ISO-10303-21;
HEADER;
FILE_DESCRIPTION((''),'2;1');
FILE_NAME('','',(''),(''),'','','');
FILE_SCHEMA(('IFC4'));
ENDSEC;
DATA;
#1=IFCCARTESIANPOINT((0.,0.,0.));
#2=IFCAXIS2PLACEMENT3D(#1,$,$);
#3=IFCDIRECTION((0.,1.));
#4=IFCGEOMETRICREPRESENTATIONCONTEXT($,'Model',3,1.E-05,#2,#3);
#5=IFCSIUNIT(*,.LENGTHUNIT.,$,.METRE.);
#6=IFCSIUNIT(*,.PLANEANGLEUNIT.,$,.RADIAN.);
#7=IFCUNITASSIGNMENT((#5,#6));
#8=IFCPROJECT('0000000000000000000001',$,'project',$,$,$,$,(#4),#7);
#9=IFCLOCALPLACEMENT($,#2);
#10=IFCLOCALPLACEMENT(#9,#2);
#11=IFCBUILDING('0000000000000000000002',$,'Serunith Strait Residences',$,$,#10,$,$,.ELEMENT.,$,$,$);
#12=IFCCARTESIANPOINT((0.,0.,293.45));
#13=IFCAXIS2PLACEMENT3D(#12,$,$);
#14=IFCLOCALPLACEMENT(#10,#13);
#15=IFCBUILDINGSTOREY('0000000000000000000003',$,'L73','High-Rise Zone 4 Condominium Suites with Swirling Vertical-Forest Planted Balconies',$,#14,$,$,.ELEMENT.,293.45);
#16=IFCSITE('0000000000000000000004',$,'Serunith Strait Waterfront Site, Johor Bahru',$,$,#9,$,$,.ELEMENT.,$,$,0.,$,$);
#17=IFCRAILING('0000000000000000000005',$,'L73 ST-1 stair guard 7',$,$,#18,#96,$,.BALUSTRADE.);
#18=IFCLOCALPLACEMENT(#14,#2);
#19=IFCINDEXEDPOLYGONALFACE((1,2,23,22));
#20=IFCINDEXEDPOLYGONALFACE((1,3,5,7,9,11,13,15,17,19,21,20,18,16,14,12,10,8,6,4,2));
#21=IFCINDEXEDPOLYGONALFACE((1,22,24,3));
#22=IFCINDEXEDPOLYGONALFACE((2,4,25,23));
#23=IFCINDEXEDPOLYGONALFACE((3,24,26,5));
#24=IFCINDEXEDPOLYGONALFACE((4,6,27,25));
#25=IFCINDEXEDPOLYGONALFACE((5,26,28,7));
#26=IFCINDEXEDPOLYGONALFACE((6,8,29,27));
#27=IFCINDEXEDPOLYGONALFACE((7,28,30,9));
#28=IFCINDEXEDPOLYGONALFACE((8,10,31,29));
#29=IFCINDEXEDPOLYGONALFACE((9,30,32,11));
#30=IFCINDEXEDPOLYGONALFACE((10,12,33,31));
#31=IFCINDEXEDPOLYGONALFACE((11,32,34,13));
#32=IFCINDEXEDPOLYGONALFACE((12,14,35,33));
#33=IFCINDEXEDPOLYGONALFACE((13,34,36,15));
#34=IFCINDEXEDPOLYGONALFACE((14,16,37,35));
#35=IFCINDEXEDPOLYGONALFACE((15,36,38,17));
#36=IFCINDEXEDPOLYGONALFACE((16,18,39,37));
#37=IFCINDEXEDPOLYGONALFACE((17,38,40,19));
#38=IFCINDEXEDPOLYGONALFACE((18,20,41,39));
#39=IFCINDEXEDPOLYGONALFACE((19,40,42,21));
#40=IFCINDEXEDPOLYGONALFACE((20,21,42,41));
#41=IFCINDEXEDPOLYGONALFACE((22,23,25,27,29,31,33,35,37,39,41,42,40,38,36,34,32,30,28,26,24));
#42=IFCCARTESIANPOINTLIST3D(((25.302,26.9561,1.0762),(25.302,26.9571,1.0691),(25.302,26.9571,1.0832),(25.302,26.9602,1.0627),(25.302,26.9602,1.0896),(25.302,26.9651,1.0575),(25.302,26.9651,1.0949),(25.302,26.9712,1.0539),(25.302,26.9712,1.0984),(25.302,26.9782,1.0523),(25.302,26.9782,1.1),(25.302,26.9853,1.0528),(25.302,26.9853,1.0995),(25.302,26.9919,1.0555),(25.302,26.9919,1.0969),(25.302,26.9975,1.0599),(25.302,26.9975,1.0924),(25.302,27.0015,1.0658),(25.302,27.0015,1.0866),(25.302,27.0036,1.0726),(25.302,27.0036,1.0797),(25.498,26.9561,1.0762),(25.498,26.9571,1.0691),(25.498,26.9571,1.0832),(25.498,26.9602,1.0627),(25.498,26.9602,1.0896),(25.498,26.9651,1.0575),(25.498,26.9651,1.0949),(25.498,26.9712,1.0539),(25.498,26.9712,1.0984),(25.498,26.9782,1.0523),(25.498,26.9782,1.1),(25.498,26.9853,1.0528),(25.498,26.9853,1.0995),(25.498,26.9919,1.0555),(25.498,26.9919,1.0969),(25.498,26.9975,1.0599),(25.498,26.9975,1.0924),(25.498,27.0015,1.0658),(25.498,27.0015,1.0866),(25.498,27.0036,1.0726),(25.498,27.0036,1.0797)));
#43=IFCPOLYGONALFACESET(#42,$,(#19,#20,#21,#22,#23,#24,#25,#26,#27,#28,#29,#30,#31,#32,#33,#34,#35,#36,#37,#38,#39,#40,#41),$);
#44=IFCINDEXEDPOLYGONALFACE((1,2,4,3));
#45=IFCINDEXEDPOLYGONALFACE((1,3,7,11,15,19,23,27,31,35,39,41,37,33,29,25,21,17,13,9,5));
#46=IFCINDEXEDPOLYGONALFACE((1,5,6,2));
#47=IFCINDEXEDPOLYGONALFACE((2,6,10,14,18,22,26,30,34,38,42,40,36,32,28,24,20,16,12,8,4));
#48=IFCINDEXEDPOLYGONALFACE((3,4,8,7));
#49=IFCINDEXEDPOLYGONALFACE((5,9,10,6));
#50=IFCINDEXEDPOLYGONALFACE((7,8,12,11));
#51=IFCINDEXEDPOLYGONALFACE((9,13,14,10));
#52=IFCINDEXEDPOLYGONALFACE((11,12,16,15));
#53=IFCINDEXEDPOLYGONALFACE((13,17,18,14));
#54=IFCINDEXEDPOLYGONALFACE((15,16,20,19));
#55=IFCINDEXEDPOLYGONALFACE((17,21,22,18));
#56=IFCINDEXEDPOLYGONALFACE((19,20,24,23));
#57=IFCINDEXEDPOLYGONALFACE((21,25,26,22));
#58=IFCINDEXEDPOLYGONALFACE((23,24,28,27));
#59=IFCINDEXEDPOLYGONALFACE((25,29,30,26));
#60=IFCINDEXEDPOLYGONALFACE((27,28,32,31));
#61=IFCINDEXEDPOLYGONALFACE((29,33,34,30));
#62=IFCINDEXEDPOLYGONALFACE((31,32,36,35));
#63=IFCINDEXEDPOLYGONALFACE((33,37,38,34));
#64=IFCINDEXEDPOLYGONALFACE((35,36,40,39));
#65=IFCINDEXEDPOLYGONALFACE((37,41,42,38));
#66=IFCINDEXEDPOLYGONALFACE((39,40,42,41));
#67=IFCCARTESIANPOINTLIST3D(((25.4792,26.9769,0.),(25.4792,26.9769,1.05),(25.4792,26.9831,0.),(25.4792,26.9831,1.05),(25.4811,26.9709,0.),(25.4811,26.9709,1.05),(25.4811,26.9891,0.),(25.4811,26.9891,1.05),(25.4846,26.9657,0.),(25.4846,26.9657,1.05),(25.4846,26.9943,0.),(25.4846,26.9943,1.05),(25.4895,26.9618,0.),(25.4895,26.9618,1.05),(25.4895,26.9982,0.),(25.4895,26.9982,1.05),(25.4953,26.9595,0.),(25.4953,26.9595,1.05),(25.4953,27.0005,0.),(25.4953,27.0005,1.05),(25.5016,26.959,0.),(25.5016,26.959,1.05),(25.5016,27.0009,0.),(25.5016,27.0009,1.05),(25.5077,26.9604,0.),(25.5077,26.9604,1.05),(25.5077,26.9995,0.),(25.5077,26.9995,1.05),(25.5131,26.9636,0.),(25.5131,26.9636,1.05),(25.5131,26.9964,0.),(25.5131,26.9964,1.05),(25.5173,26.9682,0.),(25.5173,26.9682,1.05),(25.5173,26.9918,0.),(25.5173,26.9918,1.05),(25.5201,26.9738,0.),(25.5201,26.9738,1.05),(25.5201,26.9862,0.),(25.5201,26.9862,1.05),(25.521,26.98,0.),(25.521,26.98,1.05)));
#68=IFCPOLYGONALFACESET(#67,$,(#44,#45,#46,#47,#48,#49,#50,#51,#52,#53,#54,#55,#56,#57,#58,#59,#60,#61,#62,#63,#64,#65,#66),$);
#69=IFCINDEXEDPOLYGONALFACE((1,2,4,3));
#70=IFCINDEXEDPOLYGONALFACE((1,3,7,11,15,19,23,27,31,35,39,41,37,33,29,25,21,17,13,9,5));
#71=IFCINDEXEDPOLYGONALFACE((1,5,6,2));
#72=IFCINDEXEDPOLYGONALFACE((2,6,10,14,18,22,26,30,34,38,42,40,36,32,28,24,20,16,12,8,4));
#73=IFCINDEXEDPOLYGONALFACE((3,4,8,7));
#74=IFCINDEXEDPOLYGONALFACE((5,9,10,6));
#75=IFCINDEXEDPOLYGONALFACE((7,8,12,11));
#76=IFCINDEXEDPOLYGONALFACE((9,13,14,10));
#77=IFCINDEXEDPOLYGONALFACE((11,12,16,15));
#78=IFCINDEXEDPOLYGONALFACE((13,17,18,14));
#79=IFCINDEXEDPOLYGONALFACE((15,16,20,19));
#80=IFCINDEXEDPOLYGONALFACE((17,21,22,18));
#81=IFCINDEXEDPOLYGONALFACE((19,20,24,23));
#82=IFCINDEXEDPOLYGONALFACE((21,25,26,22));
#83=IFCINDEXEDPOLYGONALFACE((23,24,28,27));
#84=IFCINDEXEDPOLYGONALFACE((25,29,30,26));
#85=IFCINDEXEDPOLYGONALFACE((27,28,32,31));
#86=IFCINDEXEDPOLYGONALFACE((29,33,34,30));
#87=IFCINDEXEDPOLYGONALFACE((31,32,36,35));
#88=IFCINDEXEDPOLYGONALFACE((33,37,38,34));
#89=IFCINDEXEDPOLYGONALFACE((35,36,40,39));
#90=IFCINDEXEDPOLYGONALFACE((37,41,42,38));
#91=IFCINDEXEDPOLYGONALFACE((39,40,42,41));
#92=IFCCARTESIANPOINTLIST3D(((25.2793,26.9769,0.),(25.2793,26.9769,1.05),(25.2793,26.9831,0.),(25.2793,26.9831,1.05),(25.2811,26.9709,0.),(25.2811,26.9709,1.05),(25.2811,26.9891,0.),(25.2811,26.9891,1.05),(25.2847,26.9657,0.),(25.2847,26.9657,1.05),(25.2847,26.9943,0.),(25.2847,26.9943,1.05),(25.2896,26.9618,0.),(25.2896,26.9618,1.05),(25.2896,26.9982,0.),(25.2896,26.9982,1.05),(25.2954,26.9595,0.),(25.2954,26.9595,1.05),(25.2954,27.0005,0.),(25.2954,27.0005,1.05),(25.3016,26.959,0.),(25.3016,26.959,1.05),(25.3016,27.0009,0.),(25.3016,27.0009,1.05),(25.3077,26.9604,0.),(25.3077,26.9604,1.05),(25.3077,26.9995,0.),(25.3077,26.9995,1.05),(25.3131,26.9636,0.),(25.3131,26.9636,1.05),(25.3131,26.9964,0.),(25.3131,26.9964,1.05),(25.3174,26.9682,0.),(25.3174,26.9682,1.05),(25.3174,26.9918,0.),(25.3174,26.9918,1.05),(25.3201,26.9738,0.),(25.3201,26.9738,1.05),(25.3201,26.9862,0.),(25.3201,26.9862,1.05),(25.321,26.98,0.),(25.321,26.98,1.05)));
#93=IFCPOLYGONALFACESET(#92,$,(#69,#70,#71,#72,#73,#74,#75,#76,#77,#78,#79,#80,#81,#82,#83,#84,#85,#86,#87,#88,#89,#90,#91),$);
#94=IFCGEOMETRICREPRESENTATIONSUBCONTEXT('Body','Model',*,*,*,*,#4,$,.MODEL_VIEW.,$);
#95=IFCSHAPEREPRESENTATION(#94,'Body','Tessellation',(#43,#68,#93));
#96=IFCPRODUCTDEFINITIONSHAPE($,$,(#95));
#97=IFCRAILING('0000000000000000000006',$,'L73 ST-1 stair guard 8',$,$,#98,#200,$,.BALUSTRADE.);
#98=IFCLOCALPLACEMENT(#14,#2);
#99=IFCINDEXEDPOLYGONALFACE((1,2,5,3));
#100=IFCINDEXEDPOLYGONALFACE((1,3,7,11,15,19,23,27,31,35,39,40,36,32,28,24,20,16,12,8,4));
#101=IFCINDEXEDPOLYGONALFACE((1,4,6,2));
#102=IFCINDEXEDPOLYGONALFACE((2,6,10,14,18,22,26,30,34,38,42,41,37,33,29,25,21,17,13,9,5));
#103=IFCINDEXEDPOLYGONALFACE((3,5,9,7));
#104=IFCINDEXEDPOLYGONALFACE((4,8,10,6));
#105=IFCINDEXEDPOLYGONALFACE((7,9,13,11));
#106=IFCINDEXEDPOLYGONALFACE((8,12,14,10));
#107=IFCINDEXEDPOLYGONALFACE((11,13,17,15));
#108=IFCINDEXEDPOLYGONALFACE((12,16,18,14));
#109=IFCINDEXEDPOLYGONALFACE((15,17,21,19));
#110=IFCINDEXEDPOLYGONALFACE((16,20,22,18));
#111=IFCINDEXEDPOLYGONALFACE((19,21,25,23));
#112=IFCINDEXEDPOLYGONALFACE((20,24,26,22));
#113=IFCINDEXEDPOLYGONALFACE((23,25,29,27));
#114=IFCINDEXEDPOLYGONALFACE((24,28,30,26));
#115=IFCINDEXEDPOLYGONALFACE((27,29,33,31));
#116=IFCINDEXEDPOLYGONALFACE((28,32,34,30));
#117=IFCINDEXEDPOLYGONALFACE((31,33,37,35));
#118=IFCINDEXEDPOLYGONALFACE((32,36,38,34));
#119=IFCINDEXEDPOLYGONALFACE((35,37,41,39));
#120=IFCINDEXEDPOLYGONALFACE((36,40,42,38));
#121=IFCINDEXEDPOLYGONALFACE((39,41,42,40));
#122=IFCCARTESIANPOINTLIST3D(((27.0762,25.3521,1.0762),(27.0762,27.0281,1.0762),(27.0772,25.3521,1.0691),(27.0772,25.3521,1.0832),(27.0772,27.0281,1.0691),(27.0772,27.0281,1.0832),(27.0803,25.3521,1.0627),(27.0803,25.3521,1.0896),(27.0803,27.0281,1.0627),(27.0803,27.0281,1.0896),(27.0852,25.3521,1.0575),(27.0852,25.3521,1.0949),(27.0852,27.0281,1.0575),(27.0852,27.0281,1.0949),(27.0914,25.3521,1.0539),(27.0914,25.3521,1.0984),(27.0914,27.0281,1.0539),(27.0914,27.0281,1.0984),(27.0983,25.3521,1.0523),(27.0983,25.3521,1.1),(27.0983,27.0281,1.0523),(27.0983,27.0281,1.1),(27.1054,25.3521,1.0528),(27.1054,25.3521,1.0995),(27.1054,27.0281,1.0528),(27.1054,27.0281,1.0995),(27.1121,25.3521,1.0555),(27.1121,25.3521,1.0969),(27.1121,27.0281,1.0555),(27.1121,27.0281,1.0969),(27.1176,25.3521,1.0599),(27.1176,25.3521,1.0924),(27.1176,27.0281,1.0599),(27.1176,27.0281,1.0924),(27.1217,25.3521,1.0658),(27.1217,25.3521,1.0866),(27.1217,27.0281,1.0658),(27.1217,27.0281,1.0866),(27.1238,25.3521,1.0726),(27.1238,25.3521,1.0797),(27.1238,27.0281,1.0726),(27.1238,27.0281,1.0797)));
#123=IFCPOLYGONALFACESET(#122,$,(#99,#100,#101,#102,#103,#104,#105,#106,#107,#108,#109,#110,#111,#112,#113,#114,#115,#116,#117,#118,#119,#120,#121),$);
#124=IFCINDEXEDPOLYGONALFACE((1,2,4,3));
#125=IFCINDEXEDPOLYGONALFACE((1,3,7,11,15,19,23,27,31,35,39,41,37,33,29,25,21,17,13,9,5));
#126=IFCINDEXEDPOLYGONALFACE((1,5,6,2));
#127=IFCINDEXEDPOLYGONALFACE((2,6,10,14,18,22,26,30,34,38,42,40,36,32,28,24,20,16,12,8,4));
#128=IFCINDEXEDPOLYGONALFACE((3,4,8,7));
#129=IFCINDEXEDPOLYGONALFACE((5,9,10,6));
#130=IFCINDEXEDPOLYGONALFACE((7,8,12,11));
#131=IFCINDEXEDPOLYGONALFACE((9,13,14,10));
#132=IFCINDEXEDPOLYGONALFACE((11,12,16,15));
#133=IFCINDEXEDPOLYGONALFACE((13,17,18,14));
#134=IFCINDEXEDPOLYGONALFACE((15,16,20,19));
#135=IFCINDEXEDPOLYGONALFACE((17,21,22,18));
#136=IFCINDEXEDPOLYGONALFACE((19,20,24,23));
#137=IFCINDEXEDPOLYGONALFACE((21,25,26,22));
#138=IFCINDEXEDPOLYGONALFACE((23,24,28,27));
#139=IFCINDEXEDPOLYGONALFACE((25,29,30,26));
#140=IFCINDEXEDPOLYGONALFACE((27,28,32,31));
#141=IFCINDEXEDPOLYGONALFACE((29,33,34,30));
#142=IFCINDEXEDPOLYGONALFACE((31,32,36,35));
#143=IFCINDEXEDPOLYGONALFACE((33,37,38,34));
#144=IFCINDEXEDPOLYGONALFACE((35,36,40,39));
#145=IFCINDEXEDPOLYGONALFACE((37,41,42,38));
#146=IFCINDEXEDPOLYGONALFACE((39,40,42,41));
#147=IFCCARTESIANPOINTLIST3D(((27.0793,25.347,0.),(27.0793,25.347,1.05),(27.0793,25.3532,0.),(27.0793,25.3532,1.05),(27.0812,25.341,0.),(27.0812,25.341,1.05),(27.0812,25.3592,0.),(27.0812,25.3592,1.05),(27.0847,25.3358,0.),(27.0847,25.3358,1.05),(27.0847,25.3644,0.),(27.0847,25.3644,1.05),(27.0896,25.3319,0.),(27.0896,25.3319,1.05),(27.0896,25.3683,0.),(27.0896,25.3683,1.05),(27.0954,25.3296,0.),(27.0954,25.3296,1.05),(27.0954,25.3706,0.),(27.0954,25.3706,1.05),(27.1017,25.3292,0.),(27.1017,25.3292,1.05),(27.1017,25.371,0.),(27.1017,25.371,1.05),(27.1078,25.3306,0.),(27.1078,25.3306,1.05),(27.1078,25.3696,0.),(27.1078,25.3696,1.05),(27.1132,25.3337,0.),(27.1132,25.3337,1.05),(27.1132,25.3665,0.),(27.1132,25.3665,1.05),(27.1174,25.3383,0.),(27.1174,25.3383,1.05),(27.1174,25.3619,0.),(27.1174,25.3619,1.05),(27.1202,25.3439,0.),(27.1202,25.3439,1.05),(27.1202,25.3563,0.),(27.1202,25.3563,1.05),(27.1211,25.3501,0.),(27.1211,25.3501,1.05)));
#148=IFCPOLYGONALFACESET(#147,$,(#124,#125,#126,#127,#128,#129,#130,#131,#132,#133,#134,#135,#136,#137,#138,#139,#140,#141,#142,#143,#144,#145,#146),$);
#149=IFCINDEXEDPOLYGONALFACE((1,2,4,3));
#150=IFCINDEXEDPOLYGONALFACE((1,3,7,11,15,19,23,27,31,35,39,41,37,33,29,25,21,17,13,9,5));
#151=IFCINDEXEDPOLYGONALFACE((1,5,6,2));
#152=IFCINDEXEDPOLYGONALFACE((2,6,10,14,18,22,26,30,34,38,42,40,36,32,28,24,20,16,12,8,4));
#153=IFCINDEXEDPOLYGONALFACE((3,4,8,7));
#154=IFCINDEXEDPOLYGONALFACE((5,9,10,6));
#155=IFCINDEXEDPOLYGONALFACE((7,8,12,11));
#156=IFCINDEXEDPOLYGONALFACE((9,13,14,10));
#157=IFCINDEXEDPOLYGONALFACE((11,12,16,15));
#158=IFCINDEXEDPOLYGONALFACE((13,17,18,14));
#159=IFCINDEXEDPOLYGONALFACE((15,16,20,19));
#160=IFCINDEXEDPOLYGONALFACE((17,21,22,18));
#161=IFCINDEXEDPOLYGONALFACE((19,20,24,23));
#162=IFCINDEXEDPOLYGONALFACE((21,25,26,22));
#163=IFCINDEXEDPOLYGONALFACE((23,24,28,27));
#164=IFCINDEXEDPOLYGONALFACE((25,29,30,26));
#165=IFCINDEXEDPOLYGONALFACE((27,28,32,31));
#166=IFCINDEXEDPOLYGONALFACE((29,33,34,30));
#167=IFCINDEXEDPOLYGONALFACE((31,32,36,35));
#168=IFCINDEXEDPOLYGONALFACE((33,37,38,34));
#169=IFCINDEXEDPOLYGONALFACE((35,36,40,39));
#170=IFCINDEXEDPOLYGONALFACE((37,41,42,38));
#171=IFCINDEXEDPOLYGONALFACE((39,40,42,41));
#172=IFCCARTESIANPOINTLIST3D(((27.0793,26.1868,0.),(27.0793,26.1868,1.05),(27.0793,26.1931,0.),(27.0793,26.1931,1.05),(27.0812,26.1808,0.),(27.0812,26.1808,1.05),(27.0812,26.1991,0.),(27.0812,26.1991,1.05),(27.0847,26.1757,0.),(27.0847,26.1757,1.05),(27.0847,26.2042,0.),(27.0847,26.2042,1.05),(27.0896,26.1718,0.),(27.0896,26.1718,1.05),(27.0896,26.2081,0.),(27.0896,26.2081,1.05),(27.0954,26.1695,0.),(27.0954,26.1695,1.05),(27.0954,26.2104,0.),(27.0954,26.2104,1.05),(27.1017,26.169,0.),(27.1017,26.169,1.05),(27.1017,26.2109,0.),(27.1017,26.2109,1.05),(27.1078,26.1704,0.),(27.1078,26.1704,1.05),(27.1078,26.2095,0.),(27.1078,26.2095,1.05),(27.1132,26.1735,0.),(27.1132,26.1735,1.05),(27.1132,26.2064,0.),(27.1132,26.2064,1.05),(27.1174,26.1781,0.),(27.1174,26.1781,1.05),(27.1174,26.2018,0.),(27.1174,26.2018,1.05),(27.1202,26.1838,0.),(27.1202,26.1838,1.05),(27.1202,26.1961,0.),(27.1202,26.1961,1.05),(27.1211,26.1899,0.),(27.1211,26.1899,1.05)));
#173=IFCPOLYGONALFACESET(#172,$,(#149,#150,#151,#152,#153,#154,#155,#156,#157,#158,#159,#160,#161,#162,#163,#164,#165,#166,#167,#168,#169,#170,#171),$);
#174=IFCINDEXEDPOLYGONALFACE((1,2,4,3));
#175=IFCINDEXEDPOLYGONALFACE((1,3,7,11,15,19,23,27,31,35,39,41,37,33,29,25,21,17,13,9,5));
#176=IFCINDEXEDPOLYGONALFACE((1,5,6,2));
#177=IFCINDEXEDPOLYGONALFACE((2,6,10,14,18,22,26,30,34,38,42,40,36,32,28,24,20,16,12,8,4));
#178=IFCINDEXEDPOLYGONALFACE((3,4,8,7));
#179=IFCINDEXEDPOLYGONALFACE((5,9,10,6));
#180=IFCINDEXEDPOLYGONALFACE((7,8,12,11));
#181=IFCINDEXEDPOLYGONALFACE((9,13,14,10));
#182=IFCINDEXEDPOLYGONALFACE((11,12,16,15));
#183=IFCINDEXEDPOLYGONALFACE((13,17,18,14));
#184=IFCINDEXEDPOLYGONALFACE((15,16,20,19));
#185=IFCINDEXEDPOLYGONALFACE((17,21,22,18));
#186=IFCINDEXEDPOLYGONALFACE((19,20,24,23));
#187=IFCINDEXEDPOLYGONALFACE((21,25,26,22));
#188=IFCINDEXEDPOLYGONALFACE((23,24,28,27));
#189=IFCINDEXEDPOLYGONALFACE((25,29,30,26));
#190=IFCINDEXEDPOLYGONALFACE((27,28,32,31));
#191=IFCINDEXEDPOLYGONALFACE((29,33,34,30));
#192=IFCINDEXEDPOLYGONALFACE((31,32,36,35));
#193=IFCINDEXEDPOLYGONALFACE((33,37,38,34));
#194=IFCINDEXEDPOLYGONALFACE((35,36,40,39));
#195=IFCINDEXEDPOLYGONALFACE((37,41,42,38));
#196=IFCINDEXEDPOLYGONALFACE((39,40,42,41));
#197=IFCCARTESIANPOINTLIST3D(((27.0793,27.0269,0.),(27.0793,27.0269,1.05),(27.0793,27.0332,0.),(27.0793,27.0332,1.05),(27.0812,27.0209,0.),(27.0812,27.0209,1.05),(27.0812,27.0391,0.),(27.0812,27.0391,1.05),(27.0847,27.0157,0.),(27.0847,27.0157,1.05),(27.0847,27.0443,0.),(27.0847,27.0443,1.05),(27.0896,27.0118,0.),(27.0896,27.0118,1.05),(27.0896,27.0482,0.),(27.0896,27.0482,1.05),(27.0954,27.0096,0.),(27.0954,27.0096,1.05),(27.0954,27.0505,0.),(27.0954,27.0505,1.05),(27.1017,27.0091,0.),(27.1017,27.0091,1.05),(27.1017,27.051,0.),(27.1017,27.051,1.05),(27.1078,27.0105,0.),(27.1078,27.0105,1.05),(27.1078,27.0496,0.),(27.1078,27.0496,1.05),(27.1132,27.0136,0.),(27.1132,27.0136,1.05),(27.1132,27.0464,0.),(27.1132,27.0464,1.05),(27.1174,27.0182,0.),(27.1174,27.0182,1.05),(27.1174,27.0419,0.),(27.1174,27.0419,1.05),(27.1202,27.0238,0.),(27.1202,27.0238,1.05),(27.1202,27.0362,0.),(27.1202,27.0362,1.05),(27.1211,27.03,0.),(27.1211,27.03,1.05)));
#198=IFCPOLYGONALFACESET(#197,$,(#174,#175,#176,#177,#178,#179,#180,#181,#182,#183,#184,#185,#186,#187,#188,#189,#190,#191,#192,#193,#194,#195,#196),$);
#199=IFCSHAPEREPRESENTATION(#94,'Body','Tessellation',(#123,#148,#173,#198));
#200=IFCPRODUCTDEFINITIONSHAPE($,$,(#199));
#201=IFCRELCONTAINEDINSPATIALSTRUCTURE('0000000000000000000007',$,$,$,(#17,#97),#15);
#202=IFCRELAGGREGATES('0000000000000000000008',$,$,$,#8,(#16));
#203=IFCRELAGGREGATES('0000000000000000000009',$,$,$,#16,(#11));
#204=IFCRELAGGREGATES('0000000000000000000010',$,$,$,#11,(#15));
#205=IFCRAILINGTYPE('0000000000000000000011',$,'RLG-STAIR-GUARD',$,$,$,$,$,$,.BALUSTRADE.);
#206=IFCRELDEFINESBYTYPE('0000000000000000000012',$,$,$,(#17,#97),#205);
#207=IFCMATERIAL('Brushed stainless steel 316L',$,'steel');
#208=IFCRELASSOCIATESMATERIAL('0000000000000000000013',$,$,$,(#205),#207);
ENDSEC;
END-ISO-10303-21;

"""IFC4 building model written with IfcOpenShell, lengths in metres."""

from ifc_helpers import new_model, si_unit, direction, frame, origin, origin_2d, place, context, subcontext, project, spatial, circle, extrude, material, type_object, element, save


model = new_model("IFC4")

# Units and contexts
model_context = context("Model", 3, precision=1e-05, world=origin(), true_north=direction((0.0, 1.0)))
body_context = subcontext(model_context, "Body", "Model", "MODEL_VIEW")
ifc_project = project(units=[si_unit("LENGTHUNIT", "METRE"), si_unit("PLANEANGLEUNIT", "RADIAN")], contexts=[model_context])

# Site, building, storey
site_placement = place(None, origin())
site = spatial("IfcSite", under=ifc_project, at=site_placement, Name="Serunith Strait Waterfront Site, Johor Bahru", CompositionType="ELEMENT", RefElevation=0.0)
building_placement = place(site_placement, origin())
building = spatial("IfcBuilding", under=site, at=building_placement, Name="Serunith Strait Residences", CompositionType="ELEMENT")
storey_placement = place(building_placement, frame((0.0, 0.0, 293.45)))
storey = spatial("IfcBuildingStorey", under=building, at=storey_placement, Name="L73", Description="High-Rise Zone 4 Condominium Suites with Swirling Vertical-Forest Planted Balconies", CompositionType="ELEMENT", Elevation=293.45)

# Railings
ifc_material_1 = material(Name="Brushed stainless steel 316L", Category="steel")
railing_type_1 = type_object("IfcRailingType", Name="RLG-STAIR-GUARD", PredefinedType="BALUSTRADE", material=ifc_material_1)
railing_1_placement = place(storey_placement, frame((25.5, 26.98, 0.0)))
element("IfcRailing", 1, at=railing_1_placement, inside=storey, type_object=railing_type_1, Name="L73 ST-1 stair guard 7", PredefinedType="BALUSTRADE", context=body_context, shape_type="SweptSolid", body=[
    extrude(circle(Radius=0.0239, at=origin_2d()), frame((-0.002, 0.0, 1.0762), z_axis=(-1.0, 0.0, 0.0), x_axis=(0.0, -1.0, 0.0)), (0.0, 0.0, 1.0), 0.196),
    extrude(circle(Radius=0.021, at=origin_2d()), origin(), (0.0, 0.0, 1.0), 1.05),
    extrude(circle(Radius=0.021, at=origin_2d()), frame((-0.2, 0.0, 0.0)), (0.0, 0.0, 1.0), 1.05),
])
for number, where, name in (
    (2, (27.1001, 25.3501, 0.0), "L73 ST-1 stair guard 8"),
):
    element("IfcRailing", number, at=place(storey_placement, frame(where)), inside=storey, type_object=railing_type_1, Name=name, PredefinedType="BALUSTRADE", context=body_context, shape_type="SweptSolid", body=[
        extrude(circle(Radius=0.0239, at=origin_2d()), frame((0.0, 0.002, 1.0762), z_axis=(0.0, 1.0, 0.0), x_axis=(-1.0, 0.0, 0.0)), (0.0, 0.0, 1.0), 1.676),
        extrude(circle(Radius=0.021, at=origin_2d()), origin(), (0.0, 0.0, 1.0), 1.05),
        extrude(circle(Radius=0.021, at=origin_2d()), frame((0.0, 0.8398, 0.0)), (0.0, 0.0, 1.0), 1.05),
        extrude(circle(Radius=0.021, at=origin_2d()), frame((0.0, 1.6799, 0.0)), (0.0, 0.0, 1.0), 1.05),
    ])

save(model, "model.ifc")
